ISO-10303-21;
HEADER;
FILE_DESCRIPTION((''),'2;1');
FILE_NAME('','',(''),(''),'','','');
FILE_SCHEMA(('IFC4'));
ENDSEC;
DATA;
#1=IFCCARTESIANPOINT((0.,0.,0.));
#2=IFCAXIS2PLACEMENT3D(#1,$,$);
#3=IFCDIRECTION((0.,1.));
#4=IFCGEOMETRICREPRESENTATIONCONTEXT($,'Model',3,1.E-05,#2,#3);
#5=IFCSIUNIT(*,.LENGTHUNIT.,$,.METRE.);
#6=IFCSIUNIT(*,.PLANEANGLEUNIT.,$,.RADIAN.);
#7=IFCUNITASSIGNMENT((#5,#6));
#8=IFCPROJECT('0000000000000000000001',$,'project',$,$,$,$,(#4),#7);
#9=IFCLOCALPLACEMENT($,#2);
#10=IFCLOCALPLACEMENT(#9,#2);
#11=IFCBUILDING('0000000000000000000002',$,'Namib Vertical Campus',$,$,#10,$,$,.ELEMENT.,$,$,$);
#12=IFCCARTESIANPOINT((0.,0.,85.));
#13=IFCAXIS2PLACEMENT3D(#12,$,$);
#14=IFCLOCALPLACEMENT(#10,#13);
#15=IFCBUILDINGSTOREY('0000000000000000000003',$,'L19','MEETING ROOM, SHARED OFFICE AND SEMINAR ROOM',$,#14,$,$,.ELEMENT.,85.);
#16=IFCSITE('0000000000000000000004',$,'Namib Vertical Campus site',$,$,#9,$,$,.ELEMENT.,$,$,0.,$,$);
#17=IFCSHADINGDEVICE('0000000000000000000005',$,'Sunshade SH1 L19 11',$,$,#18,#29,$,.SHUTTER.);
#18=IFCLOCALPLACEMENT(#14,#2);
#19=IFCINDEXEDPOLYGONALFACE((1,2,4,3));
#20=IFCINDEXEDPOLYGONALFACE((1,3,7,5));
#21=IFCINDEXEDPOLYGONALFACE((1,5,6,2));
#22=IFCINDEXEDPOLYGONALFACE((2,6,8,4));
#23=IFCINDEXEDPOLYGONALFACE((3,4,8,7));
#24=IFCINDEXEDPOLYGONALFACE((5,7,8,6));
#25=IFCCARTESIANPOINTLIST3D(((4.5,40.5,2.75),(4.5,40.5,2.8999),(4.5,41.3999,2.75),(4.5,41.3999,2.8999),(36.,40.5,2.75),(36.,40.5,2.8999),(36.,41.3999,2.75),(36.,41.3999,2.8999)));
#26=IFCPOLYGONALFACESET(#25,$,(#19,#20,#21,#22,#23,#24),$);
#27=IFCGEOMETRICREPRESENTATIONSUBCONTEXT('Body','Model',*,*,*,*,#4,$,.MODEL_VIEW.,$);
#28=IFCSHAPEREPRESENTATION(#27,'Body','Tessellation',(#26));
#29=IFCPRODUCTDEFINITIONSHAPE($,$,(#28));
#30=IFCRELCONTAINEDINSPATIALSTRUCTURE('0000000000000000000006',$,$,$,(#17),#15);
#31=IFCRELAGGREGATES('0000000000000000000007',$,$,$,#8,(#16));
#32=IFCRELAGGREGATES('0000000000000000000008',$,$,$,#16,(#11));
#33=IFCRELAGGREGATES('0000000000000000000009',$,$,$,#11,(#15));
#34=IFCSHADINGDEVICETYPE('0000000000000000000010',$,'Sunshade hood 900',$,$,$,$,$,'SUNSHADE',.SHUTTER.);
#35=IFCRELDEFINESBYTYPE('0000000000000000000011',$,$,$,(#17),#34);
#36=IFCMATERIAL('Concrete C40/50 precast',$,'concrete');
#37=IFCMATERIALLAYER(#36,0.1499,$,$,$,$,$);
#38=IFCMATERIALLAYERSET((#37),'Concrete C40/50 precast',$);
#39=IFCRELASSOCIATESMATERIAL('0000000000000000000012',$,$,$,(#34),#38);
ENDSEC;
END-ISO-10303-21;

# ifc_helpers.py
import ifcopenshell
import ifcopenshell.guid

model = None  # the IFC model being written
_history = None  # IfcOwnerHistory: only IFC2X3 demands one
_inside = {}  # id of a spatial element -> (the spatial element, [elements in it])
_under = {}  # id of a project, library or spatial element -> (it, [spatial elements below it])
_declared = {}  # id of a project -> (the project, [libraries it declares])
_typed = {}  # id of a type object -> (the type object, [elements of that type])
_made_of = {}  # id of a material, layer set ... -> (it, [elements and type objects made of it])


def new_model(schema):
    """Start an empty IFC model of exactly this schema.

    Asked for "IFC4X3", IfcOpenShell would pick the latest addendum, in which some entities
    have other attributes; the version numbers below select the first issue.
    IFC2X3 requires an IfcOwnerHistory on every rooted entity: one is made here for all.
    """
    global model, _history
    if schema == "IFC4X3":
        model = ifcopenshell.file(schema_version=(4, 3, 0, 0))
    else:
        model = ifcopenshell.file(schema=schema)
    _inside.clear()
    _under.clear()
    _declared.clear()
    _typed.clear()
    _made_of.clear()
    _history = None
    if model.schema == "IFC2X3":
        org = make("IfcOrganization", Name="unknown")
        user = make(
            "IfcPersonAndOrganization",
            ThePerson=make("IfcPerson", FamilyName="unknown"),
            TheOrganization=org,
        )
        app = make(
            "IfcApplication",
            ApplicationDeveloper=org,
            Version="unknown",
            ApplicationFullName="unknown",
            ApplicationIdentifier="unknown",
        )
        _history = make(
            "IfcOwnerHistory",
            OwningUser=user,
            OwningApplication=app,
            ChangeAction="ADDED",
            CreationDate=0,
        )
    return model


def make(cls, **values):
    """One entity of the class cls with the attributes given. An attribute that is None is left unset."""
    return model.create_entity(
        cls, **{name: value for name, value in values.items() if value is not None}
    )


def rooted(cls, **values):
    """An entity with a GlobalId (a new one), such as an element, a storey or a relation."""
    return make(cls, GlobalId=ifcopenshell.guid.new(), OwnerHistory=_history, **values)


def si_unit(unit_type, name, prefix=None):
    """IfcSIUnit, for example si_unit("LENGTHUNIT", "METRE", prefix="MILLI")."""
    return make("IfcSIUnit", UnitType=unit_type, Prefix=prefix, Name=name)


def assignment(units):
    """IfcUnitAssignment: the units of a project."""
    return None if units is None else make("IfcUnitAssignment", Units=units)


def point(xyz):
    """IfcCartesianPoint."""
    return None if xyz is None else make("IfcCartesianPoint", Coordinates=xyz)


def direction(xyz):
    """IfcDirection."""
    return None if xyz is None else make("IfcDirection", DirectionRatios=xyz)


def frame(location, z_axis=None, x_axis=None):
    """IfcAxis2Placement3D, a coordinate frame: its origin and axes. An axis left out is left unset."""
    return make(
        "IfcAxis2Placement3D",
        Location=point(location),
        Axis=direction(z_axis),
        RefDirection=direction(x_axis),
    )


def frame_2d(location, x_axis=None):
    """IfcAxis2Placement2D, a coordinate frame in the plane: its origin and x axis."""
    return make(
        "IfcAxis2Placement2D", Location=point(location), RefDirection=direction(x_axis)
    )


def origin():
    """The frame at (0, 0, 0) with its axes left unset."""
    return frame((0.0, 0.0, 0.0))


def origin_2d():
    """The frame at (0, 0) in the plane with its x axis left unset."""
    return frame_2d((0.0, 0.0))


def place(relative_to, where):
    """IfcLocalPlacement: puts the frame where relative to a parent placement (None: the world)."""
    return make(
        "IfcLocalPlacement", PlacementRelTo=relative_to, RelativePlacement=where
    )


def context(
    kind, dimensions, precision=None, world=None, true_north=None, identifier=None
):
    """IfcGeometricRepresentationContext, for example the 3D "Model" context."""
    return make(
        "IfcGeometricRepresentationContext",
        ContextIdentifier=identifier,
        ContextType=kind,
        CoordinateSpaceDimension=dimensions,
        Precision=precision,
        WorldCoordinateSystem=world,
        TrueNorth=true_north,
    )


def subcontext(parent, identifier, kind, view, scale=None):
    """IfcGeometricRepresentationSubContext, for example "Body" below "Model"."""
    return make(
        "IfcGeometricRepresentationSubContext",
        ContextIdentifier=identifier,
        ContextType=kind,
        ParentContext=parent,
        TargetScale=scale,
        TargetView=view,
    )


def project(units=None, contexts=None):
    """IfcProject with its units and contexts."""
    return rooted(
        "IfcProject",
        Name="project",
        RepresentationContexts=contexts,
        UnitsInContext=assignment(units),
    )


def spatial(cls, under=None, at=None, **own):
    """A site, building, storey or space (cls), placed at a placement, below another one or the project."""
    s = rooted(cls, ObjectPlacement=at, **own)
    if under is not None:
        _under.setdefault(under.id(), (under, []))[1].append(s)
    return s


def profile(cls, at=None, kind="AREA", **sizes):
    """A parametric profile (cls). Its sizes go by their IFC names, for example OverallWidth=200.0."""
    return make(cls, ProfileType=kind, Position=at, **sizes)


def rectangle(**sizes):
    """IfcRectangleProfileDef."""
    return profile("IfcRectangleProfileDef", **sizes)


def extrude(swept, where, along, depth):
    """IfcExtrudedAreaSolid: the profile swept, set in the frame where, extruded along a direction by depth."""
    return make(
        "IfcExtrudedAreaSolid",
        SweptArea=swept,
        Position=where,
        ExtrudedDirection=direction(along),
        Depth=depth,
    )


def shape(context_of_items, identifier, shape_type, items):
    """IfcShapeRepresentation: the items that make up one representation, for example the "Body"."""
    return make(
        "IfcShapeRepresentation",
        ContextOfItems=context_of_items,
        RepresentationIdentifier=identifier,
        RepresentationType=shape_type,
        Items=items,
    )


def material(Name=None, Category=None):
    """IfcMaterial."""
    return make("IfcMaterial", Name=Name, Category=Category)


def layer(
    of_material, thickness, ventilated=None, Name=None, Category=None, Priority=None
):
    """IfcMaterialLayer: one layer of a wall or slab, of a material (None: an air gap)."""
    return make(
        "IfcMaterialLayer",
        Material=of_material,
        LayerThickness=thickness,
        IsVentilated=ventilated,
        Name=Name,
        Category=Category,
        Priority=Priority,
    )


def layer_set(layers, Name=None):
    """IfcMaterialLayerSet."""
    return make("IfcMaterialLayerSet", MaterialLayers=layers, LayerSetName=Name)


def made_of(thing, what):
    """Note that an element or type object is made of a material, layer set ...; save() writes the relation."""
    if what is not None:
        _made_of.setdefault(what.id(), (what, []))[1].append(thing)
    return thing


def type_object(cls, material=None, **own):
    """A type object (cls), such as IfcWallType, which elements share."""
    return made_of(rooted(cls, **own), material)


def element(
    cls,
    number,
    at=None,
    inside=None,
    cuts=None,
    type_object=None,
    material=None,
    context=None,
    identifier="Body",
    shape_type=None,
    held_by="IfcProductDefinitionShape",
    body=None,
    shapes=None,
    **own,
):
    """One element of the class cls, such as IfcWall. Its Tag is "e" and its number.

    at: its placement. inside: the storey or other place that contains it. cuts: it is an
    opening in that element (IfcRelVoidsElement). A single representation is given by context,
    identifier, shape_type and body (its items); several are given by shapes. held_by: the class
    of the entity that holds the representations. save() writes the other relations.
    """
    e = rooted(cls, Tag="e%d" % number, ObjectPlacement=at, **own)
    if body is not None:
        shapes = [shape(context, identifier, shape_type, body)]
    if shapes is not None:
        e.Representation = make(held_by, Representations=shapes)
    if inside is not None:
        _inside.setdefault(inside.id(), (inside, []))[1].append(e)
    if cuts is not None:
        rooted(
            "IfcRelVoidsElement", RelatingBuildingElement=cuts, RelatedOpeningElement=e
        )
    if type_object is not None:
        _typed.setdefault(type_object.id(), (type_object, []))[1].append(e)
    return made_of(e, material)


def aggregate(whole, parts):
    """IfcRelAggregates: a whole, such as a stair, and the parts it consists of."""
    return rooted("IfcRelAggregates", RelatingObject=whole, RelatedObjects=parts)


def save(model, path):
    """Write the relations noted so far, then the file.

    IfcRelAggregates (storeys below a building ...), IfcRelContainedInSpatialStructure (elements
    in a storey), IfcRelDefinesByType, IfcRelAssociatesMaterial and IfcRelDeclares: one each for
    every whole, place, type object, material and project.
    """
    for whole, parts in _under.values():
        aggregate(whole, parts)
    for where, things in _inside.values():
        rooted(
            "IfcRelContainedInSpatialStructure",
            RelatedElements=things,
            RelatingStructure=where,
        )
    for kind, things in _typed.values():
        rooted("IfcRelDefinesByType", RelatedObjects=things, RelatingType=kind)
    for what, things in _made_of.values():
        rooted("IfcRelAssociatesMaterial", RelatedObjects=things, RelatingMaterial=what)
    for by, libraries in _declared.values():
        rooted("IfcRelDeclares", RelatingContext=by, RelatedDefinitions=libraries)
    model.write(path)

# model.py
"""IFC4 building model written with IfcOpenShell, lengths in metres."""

from ifc_helpers import new_model, si_unit, direction, frame, origin, origin_2d, place, context, subcontext, project, spatial, rectangle, extrude, material, layer, layer_set, type_object, element, save


model = new_model("IFC4")

# Units and contexts
model_context = context("Model", 3, precision=1e-05, world=origin(), true_north=direction((0.0, 1.0)))
body_context = subcontext(model_context, "Body", "Model", "MODEL_VIEW")
ifc_project = project(units=[si_unit("LENGTHUNIT", "METRE"), si_unit("PLANEANGLEUNIT", "RADIAN")], contexts=[model_context])

# Site, building, storey
site_placement = place(None, origin())
site = spatial("IfcSite", under=ifc_project, at=site_placement, Name="Namib Vertical Campus site", CompositionType="ELEMENT", RefElevation=0.0)
building_placement = place(site_placement, origin())
building = spatial("IfcBuilding", under=site, at=building_placement, Name="Namib Vertical Campus", CompositionType="ELEMENT")
storey_placement = place(building_placement, frame((0.0, 0.0, 85.0)))
storey = spatial("IfcBuildingStorey", under=building, at=storey_placement, Name="L19", Description="MEETING ROOM, SHARED OFFICE AND SEMINAR ROOM", CompositionType="ELEMENT", Elevation=85.0)

# Shading device
ifc_material_1 = material(Name="Concrete C40/50 precast", Category="concrete")
ifc_layer_1 = layer(ifc_material_1, 0.1499)
ifc_layer_set_1 = layer_set([ifc_layer_1], Name="Concrete C40/50 precast")
shading_device_type = type_object("IfcShadingDeviceType", Name="Sunshade hood 900", ElementType="SUNSHADE", PredefinedType="SHUTTER", material=ifc_layer_set_1)
shading_device_placement = place(storey_placement, frame((20.25, 40.95, 2.75), z_axis=(0.0, 0.0, 1.0), x_axis=(-1.0, 0.0, 0.0)))
element("IfcShadingDevice", 1, at=shading_device_placement, inside=storey, type_object=shading_device_type, Name="Sunshade SH1 L19 11", PredefinedType="SHUTTER", context=body_context, shape_type="SweptSolid", body=[
    extrude(rectangle(XDim=31.5, YDim=0.8999, at=origin_2d()), origin(), (0.0, 0.0, 1.0), 0.1499),
])

save(model, "model.ifc")
